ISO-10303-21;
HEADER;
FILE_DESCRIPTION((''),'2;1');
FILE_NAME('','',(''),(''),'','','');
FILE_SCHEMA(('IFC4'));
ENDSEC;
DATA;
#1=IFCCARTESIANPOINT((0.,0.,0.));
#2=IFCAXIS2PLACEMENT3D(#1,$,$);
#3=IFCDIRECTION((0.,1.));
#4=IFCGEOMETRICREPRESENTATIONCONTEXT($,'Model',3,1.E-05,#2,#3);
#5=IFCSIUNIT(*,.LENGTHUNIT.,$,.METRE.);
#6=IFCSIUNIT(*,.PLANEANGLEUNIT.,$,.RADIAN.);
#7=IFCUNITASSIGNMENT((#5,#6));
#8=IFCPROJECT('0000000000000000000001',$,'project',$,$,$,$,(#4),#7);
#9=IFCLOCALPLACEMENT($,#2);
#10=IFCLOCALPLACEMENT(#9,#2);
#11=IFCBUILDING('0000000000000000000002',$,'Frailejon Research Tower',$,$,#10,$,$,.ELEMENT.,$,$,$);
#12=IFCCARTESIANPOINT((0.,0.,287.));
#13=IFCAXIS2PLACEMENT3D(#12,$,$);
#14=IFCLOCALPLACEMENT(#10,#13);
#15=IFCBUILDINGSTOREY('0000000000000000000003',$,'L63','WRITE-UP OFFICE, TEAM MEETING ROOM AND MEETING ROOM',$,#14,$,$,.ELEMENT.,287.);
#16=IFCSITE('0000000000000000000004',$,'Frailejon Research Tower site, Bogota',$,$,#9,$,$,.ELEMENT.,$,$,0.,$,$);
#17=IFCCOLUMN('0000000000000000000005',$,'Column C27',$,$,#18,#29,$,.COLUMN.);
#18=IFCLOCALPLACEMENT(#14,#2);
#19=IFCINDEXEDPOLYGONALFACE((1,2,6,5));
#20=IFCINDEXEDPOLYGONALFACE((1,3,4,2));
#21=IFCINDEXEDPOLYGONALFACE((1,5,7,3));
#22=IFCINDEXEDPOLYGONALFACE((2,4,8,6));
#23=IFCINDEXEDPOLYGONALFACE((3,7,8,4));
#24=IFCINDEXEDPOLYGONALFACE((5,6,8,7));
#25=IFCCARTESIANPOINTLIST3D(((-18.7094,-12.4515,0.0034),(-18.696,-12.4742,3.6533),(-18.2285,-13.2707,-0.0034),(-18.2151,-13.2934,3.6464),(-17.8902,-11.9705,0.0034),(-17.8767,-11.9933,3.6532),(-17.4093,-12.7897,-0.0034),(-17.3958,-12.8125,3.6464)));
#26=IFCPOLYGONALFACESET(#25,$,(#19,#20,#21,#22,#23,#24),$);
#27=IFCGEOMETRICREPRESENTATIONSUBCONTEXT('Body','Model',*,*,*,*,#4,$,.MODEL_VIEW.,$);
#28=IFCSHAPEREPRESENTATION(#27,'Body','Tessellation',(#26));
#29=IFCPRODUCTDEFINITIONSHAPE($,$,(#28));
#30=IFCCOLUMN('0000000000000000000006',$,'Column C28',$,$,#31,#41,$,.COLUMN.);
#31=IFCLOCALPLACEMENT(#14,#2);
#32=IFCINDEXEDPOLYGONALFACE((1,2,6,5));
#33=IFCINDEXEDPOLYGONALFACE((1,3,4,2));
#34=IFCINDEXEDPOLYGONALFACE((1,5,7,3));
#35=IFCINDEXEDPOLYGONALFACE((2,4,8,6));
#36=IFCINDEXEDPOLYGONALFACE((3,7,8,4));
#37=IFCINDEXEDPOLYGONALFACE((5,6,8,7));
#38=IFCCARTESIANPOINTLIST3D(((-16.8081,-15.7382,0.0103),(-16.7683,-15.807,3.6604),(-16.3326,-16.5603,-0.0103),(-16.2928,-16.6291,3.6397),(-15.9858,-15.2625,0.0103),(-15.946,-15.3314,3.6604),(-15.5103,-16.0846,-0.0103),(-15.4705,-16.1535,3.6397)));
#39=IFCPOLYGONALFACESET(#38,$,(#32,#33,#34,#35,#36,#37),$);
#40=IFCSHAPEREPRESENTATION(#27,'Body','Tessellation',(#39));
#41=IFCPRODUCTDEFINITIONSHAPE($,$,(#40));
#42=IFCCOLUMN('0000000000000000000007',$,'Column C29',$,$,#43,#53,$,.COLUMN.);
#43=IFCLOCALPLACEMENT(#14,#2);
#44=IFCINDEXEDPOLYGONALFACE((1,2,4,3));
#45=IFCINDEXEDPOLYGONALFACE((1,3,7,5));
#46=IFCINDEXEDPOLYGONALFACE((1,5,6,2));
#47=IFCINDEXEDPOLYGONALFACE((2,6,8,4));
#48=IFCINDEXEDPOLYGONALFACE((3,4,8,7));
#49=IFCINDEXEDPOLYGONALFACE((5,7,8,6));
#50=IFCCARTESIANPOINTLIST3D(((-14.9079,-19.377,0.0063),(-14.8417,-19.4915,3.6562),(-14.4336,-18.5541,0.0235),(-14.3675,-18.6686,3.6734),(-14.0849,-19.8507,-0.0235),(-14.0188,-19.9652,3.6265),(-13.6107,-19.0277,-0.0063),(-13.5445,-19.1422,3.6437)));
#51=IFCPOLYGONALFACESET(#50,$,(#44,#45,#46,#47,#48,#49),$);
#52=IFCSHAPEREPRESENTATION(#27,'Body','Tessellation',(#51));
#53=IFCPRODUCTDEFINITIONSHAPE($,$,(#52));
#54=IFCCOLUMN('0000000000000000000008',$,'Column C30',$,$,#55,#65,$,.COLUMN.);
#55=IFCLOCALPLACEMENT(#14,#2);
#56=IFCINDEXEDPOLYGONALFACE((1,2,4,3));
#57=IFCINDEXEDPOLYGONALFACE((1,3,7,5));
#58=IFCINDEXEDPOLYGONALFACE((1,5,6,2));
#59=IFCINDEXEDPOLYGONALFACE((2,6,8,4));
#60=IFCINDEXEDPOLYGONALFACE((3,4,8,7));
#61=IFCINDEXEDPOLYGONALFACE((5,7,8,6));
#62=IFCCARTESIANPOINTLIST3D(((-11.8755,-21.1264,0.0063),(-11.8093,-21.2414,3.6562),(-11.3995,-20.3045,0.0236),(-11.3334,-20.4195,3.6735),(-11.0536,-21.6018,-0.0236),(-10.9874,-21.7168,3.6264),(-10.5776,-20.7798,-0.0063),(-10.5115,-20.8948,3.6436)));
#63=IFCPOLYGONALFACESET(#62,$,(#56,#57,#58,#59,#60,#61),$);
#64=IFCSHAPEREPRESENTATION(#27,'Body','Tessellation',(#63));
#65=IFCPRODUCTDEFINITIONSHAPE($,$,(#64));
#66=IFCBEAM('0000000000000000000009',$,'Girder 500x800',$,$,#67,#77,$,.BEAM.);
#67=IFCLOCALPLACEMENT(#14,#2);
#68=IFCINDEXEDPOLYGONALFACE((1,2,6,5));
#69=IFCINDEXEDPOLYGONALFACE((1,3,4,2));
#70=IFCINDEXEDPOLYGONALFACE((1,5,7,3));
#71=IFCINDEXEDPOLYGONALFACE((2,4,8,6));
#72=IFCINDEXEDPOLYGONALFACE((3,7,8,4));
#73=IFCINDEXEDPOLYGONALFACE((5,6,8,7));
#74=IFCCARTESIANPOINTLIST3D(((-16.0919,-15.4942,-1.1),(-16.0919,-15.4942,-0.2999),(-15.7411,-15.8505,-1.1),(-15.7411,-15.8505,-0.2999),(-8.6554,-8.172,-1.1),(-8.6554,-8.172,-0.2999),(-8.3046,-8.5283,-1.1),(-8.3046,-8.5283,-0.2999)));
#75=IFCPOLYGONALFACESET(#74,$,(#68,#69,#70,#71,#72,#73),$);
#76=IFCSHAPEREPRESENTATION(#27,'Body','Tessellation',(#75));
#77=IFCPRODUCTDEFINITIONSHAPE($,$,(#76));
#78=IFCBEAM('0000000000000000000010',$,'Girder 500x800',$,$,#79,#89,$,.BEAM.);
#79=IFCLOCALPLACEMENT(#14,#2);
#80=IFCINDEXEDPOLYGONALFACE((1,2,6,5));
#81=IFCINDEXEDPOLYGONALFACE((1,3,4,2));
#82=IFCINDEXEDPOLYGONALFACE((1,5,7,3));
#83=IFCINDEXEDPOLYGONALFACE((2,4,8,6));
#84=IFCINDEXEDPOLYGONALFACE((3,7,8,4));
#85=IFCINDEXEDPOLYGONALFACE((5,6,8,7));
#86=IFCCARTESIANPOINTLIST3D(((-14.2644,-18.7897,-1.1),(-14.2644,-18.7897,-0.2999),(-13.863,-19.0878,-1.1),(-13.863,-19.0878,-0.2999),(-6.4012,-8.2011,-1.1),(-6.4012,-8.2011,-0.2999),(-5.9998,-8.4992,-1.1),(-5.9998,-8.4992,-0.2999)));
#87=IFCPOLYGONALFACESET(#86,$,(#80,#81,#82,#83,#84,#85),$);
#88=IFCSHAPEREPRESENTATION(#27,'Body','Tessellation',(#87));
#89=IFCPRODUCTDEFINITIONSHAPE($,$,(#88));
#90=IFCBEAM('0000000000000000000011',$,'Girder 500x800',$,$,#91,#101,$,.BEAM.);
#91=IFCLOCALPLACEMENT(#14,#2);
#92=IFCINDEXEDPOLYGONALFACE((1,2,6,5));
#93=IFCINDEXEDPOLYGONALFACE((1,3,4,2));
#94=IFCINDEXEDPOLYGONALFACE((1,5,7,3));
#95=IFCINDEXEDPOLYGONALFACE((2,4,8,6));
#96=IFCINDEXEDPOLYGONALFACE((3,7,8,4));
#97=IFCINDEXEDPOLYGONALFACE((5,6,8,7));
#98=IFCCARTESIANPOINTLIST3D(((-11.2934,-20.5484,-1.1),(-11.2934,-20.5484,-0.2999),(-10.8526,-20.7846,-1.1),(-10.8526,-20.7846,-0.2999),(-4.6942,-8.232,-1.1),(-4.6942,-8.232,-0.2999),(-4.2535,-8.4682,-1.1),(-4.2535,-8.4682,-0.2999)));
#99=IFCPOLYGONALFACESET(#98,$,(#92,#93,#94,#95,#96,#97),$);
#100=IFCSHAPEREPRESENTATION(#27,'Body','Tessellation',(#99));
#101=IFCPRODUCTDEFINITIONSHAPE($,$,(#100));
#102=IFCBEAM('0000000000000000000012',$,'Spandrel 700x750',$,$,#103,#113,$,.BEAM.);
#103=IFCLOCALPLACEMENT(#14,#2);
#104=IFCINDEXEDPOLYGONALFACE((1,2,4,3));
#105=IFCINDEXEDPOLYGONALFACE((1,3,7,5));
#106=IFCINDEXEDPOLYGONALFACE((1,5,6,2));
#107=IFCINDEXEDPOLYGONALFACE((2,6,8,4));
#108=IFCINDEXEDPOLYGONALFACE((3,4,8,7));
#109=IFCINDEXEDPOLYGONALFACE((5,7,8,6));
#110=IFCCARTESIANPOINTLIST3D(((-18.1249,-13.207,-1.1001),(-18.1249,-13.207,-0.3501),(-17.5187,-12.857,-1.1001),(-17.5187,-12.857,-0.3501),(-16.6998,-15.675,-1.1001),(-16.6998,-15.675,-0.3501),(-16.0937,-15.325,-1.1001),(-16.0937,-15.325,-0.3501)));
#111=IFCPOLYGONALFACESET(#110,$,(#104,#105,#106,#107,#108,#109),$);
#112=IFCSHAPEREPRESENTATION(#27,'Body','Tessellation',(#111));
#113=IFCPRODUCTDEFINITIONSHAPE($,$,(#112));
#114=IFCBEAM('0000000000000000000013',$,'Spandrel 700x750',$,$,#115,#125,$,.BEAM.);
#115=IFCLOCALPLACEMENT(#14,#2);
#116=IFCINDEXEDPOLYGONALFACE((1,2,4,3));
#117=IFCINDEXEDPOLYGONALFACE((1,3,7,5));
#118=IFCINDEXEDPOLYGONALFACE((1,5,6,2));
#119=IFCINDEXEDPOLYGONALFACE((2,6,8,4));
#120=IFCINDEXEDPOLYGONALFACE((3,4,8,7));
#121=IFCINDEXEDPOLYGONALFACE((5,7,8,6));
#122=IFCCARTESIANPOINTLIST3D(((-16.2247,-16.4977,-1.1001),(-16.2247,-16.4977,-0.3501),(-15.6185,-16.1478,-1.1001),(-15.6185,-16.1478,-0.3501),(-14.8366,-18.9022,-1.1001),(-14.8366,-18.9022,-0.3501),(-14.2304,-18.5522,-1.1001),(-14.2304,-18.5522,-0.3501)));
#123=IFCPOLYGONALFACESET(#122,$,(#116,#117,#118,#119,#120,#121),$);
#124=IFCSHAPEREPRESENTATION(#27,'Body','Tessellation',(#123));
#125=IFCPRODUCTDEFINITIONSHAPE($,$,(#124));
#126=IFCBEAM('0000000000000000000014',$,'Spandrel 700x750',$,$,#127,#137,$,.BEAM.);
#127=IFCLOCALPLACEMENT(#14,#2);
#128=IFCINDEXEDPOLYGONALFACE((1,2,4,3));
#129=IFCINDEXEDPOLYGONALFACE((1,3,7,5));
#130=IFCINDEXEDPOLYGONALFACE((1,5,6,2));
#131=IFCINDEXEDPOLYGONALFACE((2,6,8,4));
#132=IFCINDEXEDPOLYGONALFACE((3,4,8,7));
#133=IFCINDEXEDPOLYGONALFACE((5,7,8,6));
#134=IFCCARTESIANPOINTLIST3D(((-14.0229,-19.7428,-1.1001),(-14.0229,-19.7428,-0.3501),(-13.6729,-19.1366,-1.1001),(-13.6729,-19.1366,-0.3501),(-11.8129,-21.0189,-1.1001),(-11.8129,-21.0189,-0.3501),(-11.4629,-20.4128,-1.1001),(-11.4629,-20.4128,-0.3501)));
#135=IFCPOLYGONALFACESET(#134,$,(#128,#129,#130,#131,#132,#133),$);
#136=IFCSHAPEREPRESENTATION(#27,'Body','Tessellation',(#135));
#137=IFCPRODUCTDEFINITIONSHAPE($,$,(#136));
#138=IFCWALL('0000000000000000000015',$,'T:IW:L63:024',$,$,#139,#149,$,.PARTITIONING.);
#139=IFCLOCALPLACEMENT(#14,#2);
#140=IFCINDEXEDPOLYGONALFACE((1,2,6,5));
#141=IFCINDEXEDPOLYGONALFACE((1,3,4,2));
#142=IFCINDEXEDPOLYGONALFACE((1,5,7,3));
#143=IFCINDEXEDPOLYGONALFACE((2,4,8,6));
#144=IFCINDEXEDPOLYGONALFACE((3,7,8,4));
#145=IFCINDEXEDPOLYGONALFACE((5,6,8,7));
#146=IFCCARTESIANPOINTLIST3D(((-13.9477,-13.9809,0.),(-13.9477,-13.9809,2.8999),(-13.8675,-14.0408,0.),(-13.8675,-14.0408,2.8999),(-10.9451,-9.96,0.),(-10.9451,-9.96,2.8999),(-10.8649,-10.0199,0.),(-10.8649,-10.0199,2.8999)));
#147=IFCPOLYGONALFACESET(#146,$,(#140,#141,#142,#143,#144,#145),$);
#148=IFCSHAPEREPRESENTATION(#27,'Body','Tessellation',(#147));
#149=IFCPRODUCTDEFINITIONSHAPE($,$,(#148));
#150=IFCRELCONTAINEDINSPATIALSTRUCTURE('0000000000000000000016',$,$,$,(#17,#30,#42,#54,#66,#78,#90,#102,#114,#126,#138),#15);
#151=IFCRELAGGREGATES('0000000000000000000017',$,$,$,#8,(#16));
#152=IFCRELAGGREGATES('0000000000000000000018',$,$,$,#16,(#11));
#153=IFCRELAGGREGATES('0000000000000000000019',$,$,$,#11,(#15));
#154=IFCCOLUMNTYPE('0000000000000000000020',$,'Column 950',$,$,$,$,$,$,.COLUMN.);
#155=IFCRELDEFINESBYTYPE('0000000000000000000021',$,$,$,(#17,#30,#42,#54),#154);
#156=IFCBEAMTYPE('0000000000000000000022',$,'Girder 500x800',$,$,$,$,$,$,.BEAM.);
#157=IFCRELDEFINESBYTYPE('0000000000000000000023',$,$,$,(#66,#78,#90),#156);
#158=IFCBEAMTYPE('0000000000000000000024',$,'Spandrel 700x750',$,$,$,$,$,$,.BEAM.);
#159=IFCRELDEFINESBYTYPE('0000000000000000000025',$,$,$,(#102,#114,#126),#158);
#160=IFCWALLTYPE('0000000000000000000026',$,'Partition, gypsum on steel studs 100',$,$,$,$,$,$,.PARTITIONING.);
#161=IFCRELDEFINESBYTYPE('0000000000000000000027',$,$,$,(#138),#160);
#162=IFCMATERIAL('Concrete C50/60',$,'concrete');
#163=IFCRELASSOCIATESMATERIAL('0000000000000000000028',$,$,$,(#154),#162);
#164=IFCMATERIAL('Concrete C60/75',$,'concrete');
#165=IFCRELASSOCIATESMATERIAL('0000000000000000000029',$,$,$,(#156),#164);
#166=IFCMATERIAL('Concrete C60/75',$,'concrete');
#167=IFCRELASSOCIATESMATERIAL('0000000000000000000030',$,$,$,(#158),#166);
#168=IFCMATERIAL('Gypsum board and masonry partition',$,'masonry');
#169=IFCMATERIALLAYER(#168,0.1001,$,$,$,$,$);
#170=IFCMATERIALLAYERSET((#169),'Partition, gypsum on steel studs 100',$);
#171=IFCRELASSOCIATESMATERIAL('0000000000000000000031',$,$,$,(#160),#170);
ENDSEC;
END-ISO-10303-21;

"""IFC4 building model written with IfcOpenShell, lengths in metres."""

from ifc_helpers import new_model, si_unit, direction, frame, frame_2d, origin, origin_2d, place, context, subcontext, project, spatial, rectangle, extrude, material, layer, layer_set, material_profile, profile_set, type_object, element, save


model = new_model("IFC4")

# Units and contexts
model_context = context("Model", 3, precision=1e-05, world=origin(), true_north=direction((0.0, 1.0)))
body_context = subcontext(model_context, "Body", "Model", "MODEL_VIEW")
ifc_project = project(units=[si_unit("LENGTHUNIT", "METRE"), si_unit("PLANEANGLEUNIT", "RADIAN")], contexts=[model_context])

# Site, building, storey
site_placement = place(None, origin())
site = spatial("IfcSite", under=ifc_project, at=site_placement, Name="Frailejon Research Tower site, Bogota", CompositionType="ELEMENT", RefElevation=0.0)
building_placement = place(site_placement, origin())
building = spatial("IfcBuilding", under=site, at=building_placement, Name="Frailejon Research Tower", CompositionType="ELEMENT")
storey_placement = place(building_placement, frame((0.0, 0.0, 287.0)))
storey = spatial("IfcBuildingStorey", under=building, at=storey_placement, Name="L63", Description="WRITE-UP OFFICE, TEAM MEETING ROOM AND MEETING ROOM", CompositionType="ELEMENT", Elevation=287.0)

# Columns
ifc_material_1 = material(Name="Concrete C50/60", Category="concrete")
ifc_material_profile_1 = material_profile(ifc_material_1, rectangle(XDim=0.95, YDim=0.95, at=origin_2d()), Name="Column 950")
ifc_profile_set_1 = profile_set([ifc_material_profile_1], Name="Concrete C50/60")
column_type = type_object("IfcColumnType", Name="Column 950", PredefinedType="COLUMN", material=ifc_profile_set_1)
column_1_placement = place(storey_placement, frame((-18.0593, -12.6206, 0.0), z_axis=(0.003679, -0.006221, 0.999974), x_axis=(0.50624, -0.862362, -0.007227)))
element("IfcColumn", 1, at=column_1_placement, inside=storey, type_object=column_type, Name="Column C27", PredefinedType="COLUMN", context=body_context, shape_type="SweptSolid", body=[
    extrude(rectangle(XDim=0.95, YDim=0.95, at=origin_2d()), origin(), (0.0, 0.0, 1.0), 3.6499),
])
column_2_placement = place(storey_placement, frame((-16.1592, -15.9114, 0.0), z_axis=(0.0109, -0.018858, 0.999763), x_axis=(0.50059, -0.86541, -0.021782)))
element("IfcColumn", 2, at=column_2_placement, inside=storey, type_object=column_type, Name="Column C28", PredefinedType="COLUMN", context=body_context, shape_type="SweptSolid", body=[
    extrude(rectangle(XDim=0.95, YDim=0.95, at=origin_2d()), origin(), (0.0, 0.0, 1.0), 3.6509),
])
for number, where, z_axis, x_axis, name in (
    (3, (-14.2593, -19.2024, 0.0), (0.018115, -0.031351, 0.999344), (0.866279, -0.498576, -0.031344), "Column C29"),
    (4, (-11.2266, -20.9531, 0.0), (0.018115, -0.031484, 0.99934), (0.865231, -0.500386, -0.031449), "Column C30"),
):
    element("IfcColumn", number, at=place(storey_placement, frame(where, z_axis=z_axis, x_axis=x_axis)), inside=storey, type_object=column_type, Name=name, PredefinedType="COLUMN", context=body_context, shape_type="SweptSolid", body=[
        extrude(rectangle(XDim=0.95, YDim=0.95, at=origin_2d()), origin(), (0.0, 0.0, 1.0), 3.6523),
    ])

# Beams
ifc_material_2 = material(Name="Concrete C60/75", Category="concrete")
ifc_material_profile_2 = material_profile(ifc_material_2, rectangle(XDim=0.5, YDim=0.8, at=origin_2d()), Name="Girder 500x800")
ifc_profile_set_2 = profile_set([ifc_material_profile_2], Name="Concrete C60/75")
beam_type_1 = type_object("IfcBeamType", Name="Girder 500x800", PredefinedType="BEAM", material=ifc_profile_set_2)
beam_1_placement = place(storey_placement, frame((-15.9165, -15.6724, -0.7), z_axis=(0.71256, 0.701612, 0.0), x_axis=(-0.701612, 0.71256, 0.0)))
element("IfcBeam", 5, at=beam_1_placement, inside=storey, type_object=beam_type_1, Name="Girder 500x800", PredefinedType="BEAM", context=body_context, shape_type="SweptSolid", body=[
    extrude(rectangle(XDim=0.5, YDim=0.8, at=origin_2d()), origin(), (0.0, 0.0, 1.0), 10.4363),
])
beam_2_placement = place(storey_placement, frame((-14.0637, -18.9387, -0.7), z_axis=(0.596199, 0.802836, 0.0), x_axis=(-0.802836, 0.596199, 0.0)))
element("IfcBeam", 6, at=beam_2_placement, inside=storey, type_object=beam_type_1, Name="Girder 500x800", PredefinedType="BEAM", context=body_context, shape_type="SweptSolid", body=[
    extrude(rectangle(XDim=0.5, YDim=0.8, at=origin_2d()), origin(), (0.0, 0.0, 1.0), 13.189),
])
beam_3_placement = place(storey_placement, frame((-11.073, -20.6665, -0.7), z_axis=(0.47228, 0.881449, 0.0), x_axis=(-0.881449, 0.47228, 0.0)))
element("IfcBeam", 7, at=beam_3_placement, inside=storey, type_object=beam_type_1, Name="Girder 500x800", PredefinedType="BEAM", context=body_context, shape_type="SweptSolid", body=[
    extrude(rectangle(XDim=0.5, YDim=0.8, at=origin_2d()), origin(), (0.0, 0.0, 1.0), 13.9729),
])
ifc_material_3 = material(Name="Concrete C60/75", Category="concrete")
ifc_material_profile_3 = material_profile(ifc_material_3, rectangle(XDim=0.7, YDim=0.75, at=origin_2d()), Name="Spandrel 700x750")
ifc_profile_set_3 = profile_set([ifc_material_profile_3], Name="Concrete C60/75")
beam_type_2 = type_object("IfcBeamType", Name="Spandrel 700x750", PredefinedType="BEAM", material=ifc_profile_set_3)
beam_4_placement = place(storey_placement, frame((-17.8218, -13.032, -0.7251), z_axis=(0.500036, -0.866004, 0.0), x_axis=(0.866004, 0.500036, 0.0)))
element("IfcBeam", 8, at=beam_4_placement, inside=storey, type_object=beam_type_2, Name="Spandrel 700x750", PredefinedType="BEAM", context=body_context, shape_type="SweptSolid", body=[
    extrude(rectangle(XDim=0.7, YDim=0.75, at=origin_2d()), origin(), (0.0, 0.0, 1.0), 2.8499),
])
beam_5_placement = place(storey_placement, frame((-15.9216, -16.3228, -0.7251), z_axis=(0.499979, -0.866038, 0.0), x_axis=(0.866038, 0.499979, 0.0)))
element("IfcBeam", 9, at=beam_5_placement, inside=storey, type_object=beam_type_2, Name="Spandrel 700x750", PredefinedType="BEAM", context=body_context, shape_type="SweptSolid", body=[
    extrude(rectangle(XDim=0.7, YDim=0.75, at=origin_2d()), origin(), (0.0, 0.0, 1.0), 2.7764),
])
beam_6_placement = place(storey_placement, frame((-13.8479, -19.4397, -0.7251), z_axis=(0.865991, -0.500059, 0.0), x_axis=(0.500059, 0.865991, 0.0)))
element("IfcBeam", 10, at=beam_6_placement, inside=storey, type_object=beam_type_2, Name="Spandrel 700x750", PredefinedType="BEAM", context=body_context, shape_type="SweptSolid", body=[
    extrude(rectangle(XDim=0.7, YDim=0.75, at=origin_2d()), origin(), (0.0, 0.0, 1.0), 2.552),
])

# Wall
ifc_material_4 = material(Name="Gypsum board and masonry partition", Category="masonry")
ifc_layer_1 = layer(ifc_material_4, 0.1001)
ifc_layer_set_1 = layer_set([ifc_layer_1], Name="Partition, gypsum on steel studs 100")
wall_type_1 = type_object("IfcWallType", Name="Partition, gypsum on steel studs 100", PredefinedType="PARTITIONING", material=ifc_layer_set_1)
wall_1_placement = place(storey_placement, frame((-13.9077, -14.011, 0.0), z_axis=(0.0, 0.0, 1.0), x_axis=(0.598333, 0.801248, 0.0)))
element("IfcWall", 11, at=wall_1_placement, inside=storey, type_object=wall_type_1, Name="T:IW:L63:024", PredefinedType="PARTITIONING", context=body_context, shape_type="SweptSolid", body=[
    extrude(rectangle(XDim=5.0183, YDim=0.1001, at=frame_2d((2.5093, 0.0))), origin(), (0.0, 0.0, 1.0), 2.8999),
])

save(model, "model.ifc")
